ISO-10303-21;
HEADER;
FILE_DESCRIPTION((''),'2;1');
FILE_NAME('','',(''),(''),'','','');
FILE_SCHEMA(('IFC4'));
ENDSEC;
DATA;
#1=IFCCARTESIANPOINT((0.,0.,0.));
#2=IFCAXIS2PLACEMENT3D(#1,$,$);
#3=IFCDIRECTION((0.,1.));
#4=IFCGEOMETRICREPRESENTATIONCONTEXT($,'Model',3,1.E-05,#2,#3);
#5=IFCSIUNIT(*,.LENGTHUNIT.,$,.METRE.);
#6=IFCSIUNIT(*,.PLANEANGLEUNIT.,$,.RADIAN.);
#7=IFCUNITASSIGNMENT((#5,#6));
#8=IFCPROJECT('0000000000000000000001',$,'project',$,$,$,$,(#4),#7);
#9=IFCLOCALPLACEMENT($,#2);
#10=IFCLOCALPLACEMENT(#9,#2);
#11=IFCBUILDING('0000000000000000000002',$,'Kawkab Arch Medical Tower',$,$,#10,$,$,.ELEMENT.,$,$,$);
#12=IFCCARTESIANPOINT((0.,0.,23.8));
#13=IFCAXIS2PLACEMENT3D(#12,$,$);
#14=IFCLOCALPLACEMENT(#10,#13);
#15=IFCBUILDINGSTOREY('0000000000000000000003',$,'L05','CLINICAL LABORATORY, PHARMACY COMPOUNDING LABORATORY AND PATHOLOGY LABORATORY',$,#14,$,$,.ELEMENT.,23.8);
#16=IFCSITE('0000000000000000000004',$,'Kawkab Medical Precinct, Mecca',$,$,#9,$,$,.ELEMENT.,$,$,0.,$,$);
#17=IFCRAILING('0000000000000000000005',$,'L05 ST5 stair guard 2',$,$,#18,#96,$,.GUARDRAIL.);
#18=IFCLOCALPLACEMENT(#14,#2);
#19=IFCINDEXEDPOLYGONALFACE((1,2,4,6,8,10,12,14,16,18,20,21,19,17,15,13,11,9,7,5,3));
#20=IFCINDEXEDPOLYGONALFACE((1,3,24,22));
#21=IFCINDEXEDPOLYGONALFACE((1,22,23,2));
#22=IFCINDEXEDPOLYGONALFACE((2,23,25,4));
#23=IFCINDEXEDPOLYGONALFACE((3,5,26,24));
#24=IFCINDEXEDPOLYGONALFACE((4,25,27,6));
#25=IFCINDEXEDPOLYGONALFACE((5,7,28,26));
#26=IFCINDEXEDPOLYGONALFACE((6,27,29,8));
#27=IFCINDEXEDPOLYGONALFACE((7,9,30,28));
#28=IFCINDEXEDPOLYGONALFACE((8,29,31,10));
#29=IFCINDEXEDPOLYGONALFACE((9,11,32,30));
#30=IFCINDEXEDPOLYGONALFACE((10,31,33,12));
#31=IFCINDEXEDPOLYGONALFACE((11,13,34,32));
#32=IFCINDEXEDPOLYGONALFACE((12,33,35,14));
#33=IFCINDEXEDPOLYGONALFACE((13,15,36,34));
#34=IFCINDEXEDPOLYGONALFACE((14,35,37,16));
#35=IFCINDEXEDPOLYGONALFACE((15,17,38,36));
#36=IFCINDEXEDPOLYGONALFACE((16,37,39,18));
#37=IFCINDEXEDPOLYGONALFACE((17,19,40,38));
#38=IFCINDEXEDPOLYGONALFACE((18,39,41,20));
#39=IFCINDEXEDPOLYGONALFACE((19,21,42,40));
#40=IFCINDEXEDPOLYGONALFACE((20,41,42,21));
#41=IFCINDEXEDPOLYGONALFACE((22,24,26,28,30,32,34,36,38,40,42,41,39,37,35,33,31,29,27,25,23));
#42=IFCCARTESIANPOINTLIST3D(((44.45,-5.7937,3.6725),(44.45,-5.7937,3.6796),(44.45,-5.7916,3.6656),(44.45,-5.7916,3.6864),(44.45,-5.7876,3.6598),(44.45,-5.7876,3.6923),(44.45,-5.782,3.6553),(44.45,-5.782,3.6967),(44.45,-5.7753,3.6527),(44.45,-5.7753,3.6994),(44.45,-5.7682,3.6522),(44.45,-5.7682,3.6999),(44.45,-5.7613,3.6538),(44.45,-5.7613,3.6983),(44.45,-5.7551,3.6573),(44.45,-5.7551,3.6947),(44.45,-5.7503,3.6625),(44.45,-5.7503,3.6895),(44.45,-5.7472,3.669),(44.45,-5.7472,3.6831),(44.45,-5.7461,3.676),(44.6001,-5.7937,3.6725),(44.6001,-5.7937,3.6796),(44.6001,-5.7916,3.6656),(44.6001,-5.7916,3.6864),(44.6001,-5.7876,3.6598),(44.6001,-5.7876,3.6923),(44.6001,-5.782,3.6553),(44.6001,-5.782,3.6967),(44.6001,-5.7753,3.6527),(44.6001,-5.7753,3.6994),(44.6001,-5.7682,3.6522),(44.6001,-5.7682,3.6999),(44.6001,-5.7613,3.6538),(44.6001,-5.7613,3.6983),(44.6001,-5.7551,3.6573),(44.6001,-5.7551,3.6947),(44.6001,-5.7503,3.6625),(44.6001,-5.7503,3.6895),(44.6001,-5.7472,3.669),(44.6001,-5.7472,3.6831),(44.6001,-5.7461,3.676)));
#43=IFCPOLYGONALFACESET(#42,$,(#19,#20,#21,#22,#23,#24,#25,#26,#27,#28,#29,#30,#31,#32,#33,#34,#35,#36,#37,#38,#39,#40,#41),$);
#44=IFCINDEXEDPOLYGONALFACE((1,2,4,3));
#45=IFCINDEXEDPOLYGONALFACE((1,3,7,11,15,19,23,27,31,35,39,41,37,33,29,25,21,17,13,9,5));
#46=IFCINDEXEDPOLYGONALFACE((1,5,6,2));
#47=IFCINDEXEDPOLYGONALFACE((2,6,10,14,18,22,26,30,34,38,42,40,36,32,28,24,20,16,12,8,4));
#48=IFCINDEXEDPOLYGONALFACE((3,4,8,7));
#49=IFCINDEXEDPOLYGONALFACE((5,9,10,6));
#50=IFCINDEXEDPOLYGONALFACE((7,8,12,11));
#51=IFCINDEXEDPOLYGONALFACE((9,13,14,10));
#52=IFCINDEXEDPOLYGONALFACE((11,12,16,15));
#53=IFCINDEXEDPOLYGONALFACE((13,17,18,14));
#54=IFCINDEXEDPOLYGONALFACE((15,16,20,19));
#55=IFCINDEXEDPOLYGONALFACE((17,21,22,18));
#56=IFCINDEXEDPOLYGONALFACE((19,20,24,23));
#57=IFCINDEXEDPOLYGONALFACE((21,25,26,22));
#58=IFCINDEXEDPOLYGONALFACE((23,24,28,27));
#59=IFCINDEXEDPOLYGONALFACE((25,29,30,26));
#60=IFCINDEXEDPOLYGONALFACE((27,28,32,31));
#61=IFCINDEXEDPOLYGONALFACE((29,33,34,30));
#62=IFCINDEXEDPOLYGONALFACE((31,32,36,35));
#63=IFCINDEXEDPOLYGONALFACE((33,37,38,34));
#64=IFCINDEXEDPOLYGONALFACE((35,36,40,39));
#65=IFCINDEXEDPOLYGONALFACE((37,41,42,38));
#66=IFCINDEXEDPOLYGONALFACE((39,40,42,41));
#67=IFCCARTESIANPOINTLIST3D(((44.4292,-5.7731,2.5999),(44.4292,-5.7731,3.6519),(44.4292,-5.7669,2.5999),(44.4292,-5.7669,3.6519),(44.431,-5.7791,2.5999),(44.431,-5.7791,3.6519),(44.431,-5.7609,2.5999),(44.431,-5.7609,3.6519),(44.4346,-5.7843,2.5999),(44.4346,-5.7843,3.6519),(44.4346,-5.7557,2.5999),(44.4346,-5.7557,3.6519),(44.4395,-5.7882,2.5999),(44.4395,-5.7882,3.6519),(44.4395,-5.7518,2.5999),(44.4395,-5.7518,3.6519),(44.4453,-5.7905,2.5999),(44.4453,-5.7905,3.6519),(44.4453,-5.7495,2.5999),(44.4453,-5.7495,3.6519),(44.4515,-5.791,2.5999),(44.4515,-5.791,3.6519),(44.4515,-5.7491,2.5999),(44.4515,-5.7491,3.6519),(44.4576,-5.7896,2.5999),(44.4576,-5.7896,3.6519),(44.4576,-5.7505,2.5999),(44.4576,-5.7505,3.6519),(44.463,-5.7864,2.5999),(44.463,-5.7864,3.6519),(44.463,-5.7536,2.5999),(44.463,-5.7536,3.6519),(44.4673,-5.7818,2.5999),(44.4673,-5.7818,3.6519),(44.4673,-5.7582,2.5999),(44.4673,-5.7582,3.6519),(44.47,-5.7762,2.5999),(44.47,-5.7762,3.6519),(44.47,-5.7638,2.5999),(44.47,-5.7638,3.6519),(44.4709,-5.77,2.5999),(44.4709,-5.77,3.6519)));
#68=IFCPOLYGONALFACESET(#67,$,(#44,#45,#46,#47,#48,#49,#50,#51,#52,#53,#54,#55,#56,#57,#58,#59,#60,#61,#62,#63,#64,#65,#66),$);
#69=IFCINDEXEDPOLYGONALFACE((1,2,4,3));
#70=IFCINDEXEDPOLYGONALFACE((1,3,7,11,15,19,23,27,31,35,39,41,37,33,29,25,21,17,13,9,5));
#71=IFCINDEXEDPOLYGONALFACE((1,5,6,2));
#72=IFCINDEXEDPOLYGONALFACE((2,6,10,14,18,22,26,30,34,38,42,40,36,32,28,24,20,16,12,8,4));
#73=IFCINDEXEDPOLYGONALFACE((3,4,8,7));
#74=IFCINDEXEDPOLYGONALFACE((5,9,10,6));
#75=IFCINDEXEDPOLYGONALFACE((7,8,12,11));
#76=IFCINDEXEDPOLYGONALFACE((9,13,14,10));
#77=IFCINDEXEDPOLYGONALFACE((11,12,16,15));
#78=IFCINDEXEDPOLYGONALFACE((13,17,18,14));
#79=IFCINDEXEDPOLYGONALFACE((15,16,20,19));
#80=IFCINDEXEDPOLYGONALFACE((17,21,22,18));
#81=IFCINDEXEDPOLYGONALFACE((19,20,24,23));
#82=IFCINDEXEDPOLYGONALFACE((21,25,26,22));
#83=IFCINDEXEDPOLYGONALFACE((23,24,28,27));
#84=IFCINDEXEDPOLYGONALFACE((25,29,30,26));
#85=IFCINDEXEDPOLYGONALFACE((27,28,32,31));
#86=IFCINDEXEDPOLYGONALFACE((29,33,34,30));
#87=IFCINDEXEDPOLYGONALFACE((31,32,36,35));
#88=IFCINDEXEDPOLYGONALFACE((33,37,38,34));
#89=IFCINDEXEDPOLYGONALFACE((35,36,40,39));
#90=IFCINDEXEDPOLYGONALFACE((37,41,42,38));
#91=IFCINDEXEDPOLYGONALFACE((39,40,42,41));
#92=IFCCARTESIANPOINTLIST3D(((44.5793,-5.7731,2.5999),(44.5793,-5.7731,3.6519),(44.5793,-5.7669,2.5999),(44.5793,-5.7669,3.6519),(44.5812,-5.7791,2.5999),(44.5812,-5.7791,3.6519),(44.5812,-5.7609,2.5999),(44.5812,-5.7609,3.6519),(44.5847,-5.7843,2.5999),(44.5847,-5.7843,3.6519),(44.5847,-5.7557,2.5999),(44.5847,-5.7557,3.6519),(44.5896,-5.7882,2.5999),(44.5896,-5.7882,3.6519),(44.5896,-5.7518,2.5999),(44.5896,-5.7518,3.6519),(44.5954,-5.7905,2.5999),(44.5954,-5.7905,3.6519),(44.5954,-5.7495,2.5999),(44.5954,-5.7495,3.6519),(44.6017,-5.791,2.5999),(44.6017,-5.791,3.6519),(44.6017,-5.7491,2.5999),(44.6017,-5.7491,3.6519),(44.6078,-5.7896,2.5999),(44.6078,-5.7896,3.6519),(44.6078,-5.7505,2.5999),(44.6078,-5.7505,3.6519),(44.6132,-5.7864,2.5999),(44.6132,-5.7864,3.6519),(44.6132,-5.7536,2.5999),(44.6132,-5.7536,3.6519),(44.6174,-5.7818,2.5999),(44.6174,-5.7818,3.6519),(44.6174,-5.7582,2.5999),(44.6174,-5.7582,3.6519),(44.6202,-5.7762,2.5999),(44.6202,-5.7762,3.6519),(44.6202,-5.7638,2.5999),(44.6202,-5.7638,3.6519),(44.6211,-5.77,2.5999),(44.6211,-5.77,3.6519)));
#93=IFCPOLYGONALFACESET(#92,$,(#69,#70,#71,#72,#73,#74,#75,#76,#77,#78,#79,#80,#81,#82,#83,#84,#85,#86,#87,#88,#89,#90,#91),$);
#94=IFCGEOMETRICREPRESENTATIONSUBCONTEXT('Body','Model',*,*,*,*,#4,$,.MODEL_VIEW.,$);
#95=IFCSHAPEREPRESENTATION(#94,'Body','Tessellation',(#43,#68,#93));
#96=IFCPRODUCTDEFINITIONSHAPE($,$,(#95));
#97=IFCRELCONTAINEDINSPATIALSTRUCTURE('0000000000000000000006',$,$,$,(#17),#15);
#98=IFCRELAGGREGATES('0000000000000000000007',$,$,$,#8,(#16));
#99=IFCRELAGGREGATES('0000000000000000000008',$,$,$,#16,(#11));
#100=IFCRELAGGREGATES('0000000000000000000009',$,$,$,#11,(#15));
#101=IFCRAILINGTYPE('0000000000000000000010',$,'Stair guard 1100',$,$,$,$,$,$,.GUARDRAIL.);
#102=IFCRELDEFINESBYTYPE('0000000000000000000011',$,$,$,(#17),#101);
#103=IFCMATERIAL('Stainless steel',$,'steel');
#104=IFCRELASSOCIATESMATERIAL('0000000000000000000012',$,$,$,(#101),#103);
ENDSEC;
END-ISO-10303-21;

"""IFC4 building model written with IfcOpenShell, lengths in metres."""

from ifc_helpers import new_model, si_unit, direction, frame, origin, origin_2d, place, context, subcontext, project, spatial, circle, extrude, material, type_object, element, save


model = new_model("IFC4")

# Units and contexts
model_context = context("Model", 3, precision=1e-05, world=origin(), true_north=direction((0.0, 1.0)))
body_context = subcontext(model_context, "Body", "Model", "MODEL_VIEW")
ifc_project = project(units=[si_unit("LENGTHUNIT", "METRE"), si_unit("PLANEANGLEUNIT", "RADIAN")], contexts=[model_context])

# Site, building, storey
site_placement = place(None, origin())
site = spatial("IfcSite", under=ifc_project, at=site_placement, Name="Kawkab Medical Precinct, Mecca", CompositionType="ELEMENT", RefElevation=0.0)
building_placement = place(site_placement, origin())
building = spatial("IfcBuilding", under=site, at=building_placement, Name="Kawkab Arch Medical Tower", CompositionType="ELEMENT")
storey_placement = place(building_placement, frame((0.0, 0.0, 23.8)))
storey = spatial("IfcBuildingStorey", under=building, at=storey_placement, Name="L05", Description="CLINICAL LABORATORY, PHARMACY COMPOUNDING LABORATORY AND PATHOLOGY LABORATORY", CompositionType="ELEMENT", Elevation=23.8)

# Railing
ifc_material_1 = material(Name="Stainless steel", Category="steel")
railing_type = type_object("IfcRailingType", Name="Stair guard 1100", PredefinedType="GUARDRAIL", material=ifc_material_1)
railing_1_placement = place(storey_placement, frame((44.45, -5.77, 2.5999)))
element("IfcRailing", 1, at=railing_1_placement, inside=storey, type_object=railing_type, Name="L05 ST5 stair guard 2", PredefinedType="GUARDRAIL", context=body_context, shape_type="SweptSolid", body=[
    extrude(circle(Radius=0.0239, at=origin_2d()), frame((0.0, 0.0, 1.0762), z_axis=(1.0, 0.0, 0.0), x_axis=(0.0, 1.0, 0.0)), (0.0, 0.0, 1.0), 0.1501),
    extrude(circle(Radius=0.021, at=origin_2d()), origin(), (0.0, 0.0, 1.0), 1.052),
    extrude(circle(Radius=0.021, at=origin_2d()), frame((0.1501, 0.0, 0.0)), (0.0, 0.0, 1.0), 1.052),
])

save(model, "model.ifc")
